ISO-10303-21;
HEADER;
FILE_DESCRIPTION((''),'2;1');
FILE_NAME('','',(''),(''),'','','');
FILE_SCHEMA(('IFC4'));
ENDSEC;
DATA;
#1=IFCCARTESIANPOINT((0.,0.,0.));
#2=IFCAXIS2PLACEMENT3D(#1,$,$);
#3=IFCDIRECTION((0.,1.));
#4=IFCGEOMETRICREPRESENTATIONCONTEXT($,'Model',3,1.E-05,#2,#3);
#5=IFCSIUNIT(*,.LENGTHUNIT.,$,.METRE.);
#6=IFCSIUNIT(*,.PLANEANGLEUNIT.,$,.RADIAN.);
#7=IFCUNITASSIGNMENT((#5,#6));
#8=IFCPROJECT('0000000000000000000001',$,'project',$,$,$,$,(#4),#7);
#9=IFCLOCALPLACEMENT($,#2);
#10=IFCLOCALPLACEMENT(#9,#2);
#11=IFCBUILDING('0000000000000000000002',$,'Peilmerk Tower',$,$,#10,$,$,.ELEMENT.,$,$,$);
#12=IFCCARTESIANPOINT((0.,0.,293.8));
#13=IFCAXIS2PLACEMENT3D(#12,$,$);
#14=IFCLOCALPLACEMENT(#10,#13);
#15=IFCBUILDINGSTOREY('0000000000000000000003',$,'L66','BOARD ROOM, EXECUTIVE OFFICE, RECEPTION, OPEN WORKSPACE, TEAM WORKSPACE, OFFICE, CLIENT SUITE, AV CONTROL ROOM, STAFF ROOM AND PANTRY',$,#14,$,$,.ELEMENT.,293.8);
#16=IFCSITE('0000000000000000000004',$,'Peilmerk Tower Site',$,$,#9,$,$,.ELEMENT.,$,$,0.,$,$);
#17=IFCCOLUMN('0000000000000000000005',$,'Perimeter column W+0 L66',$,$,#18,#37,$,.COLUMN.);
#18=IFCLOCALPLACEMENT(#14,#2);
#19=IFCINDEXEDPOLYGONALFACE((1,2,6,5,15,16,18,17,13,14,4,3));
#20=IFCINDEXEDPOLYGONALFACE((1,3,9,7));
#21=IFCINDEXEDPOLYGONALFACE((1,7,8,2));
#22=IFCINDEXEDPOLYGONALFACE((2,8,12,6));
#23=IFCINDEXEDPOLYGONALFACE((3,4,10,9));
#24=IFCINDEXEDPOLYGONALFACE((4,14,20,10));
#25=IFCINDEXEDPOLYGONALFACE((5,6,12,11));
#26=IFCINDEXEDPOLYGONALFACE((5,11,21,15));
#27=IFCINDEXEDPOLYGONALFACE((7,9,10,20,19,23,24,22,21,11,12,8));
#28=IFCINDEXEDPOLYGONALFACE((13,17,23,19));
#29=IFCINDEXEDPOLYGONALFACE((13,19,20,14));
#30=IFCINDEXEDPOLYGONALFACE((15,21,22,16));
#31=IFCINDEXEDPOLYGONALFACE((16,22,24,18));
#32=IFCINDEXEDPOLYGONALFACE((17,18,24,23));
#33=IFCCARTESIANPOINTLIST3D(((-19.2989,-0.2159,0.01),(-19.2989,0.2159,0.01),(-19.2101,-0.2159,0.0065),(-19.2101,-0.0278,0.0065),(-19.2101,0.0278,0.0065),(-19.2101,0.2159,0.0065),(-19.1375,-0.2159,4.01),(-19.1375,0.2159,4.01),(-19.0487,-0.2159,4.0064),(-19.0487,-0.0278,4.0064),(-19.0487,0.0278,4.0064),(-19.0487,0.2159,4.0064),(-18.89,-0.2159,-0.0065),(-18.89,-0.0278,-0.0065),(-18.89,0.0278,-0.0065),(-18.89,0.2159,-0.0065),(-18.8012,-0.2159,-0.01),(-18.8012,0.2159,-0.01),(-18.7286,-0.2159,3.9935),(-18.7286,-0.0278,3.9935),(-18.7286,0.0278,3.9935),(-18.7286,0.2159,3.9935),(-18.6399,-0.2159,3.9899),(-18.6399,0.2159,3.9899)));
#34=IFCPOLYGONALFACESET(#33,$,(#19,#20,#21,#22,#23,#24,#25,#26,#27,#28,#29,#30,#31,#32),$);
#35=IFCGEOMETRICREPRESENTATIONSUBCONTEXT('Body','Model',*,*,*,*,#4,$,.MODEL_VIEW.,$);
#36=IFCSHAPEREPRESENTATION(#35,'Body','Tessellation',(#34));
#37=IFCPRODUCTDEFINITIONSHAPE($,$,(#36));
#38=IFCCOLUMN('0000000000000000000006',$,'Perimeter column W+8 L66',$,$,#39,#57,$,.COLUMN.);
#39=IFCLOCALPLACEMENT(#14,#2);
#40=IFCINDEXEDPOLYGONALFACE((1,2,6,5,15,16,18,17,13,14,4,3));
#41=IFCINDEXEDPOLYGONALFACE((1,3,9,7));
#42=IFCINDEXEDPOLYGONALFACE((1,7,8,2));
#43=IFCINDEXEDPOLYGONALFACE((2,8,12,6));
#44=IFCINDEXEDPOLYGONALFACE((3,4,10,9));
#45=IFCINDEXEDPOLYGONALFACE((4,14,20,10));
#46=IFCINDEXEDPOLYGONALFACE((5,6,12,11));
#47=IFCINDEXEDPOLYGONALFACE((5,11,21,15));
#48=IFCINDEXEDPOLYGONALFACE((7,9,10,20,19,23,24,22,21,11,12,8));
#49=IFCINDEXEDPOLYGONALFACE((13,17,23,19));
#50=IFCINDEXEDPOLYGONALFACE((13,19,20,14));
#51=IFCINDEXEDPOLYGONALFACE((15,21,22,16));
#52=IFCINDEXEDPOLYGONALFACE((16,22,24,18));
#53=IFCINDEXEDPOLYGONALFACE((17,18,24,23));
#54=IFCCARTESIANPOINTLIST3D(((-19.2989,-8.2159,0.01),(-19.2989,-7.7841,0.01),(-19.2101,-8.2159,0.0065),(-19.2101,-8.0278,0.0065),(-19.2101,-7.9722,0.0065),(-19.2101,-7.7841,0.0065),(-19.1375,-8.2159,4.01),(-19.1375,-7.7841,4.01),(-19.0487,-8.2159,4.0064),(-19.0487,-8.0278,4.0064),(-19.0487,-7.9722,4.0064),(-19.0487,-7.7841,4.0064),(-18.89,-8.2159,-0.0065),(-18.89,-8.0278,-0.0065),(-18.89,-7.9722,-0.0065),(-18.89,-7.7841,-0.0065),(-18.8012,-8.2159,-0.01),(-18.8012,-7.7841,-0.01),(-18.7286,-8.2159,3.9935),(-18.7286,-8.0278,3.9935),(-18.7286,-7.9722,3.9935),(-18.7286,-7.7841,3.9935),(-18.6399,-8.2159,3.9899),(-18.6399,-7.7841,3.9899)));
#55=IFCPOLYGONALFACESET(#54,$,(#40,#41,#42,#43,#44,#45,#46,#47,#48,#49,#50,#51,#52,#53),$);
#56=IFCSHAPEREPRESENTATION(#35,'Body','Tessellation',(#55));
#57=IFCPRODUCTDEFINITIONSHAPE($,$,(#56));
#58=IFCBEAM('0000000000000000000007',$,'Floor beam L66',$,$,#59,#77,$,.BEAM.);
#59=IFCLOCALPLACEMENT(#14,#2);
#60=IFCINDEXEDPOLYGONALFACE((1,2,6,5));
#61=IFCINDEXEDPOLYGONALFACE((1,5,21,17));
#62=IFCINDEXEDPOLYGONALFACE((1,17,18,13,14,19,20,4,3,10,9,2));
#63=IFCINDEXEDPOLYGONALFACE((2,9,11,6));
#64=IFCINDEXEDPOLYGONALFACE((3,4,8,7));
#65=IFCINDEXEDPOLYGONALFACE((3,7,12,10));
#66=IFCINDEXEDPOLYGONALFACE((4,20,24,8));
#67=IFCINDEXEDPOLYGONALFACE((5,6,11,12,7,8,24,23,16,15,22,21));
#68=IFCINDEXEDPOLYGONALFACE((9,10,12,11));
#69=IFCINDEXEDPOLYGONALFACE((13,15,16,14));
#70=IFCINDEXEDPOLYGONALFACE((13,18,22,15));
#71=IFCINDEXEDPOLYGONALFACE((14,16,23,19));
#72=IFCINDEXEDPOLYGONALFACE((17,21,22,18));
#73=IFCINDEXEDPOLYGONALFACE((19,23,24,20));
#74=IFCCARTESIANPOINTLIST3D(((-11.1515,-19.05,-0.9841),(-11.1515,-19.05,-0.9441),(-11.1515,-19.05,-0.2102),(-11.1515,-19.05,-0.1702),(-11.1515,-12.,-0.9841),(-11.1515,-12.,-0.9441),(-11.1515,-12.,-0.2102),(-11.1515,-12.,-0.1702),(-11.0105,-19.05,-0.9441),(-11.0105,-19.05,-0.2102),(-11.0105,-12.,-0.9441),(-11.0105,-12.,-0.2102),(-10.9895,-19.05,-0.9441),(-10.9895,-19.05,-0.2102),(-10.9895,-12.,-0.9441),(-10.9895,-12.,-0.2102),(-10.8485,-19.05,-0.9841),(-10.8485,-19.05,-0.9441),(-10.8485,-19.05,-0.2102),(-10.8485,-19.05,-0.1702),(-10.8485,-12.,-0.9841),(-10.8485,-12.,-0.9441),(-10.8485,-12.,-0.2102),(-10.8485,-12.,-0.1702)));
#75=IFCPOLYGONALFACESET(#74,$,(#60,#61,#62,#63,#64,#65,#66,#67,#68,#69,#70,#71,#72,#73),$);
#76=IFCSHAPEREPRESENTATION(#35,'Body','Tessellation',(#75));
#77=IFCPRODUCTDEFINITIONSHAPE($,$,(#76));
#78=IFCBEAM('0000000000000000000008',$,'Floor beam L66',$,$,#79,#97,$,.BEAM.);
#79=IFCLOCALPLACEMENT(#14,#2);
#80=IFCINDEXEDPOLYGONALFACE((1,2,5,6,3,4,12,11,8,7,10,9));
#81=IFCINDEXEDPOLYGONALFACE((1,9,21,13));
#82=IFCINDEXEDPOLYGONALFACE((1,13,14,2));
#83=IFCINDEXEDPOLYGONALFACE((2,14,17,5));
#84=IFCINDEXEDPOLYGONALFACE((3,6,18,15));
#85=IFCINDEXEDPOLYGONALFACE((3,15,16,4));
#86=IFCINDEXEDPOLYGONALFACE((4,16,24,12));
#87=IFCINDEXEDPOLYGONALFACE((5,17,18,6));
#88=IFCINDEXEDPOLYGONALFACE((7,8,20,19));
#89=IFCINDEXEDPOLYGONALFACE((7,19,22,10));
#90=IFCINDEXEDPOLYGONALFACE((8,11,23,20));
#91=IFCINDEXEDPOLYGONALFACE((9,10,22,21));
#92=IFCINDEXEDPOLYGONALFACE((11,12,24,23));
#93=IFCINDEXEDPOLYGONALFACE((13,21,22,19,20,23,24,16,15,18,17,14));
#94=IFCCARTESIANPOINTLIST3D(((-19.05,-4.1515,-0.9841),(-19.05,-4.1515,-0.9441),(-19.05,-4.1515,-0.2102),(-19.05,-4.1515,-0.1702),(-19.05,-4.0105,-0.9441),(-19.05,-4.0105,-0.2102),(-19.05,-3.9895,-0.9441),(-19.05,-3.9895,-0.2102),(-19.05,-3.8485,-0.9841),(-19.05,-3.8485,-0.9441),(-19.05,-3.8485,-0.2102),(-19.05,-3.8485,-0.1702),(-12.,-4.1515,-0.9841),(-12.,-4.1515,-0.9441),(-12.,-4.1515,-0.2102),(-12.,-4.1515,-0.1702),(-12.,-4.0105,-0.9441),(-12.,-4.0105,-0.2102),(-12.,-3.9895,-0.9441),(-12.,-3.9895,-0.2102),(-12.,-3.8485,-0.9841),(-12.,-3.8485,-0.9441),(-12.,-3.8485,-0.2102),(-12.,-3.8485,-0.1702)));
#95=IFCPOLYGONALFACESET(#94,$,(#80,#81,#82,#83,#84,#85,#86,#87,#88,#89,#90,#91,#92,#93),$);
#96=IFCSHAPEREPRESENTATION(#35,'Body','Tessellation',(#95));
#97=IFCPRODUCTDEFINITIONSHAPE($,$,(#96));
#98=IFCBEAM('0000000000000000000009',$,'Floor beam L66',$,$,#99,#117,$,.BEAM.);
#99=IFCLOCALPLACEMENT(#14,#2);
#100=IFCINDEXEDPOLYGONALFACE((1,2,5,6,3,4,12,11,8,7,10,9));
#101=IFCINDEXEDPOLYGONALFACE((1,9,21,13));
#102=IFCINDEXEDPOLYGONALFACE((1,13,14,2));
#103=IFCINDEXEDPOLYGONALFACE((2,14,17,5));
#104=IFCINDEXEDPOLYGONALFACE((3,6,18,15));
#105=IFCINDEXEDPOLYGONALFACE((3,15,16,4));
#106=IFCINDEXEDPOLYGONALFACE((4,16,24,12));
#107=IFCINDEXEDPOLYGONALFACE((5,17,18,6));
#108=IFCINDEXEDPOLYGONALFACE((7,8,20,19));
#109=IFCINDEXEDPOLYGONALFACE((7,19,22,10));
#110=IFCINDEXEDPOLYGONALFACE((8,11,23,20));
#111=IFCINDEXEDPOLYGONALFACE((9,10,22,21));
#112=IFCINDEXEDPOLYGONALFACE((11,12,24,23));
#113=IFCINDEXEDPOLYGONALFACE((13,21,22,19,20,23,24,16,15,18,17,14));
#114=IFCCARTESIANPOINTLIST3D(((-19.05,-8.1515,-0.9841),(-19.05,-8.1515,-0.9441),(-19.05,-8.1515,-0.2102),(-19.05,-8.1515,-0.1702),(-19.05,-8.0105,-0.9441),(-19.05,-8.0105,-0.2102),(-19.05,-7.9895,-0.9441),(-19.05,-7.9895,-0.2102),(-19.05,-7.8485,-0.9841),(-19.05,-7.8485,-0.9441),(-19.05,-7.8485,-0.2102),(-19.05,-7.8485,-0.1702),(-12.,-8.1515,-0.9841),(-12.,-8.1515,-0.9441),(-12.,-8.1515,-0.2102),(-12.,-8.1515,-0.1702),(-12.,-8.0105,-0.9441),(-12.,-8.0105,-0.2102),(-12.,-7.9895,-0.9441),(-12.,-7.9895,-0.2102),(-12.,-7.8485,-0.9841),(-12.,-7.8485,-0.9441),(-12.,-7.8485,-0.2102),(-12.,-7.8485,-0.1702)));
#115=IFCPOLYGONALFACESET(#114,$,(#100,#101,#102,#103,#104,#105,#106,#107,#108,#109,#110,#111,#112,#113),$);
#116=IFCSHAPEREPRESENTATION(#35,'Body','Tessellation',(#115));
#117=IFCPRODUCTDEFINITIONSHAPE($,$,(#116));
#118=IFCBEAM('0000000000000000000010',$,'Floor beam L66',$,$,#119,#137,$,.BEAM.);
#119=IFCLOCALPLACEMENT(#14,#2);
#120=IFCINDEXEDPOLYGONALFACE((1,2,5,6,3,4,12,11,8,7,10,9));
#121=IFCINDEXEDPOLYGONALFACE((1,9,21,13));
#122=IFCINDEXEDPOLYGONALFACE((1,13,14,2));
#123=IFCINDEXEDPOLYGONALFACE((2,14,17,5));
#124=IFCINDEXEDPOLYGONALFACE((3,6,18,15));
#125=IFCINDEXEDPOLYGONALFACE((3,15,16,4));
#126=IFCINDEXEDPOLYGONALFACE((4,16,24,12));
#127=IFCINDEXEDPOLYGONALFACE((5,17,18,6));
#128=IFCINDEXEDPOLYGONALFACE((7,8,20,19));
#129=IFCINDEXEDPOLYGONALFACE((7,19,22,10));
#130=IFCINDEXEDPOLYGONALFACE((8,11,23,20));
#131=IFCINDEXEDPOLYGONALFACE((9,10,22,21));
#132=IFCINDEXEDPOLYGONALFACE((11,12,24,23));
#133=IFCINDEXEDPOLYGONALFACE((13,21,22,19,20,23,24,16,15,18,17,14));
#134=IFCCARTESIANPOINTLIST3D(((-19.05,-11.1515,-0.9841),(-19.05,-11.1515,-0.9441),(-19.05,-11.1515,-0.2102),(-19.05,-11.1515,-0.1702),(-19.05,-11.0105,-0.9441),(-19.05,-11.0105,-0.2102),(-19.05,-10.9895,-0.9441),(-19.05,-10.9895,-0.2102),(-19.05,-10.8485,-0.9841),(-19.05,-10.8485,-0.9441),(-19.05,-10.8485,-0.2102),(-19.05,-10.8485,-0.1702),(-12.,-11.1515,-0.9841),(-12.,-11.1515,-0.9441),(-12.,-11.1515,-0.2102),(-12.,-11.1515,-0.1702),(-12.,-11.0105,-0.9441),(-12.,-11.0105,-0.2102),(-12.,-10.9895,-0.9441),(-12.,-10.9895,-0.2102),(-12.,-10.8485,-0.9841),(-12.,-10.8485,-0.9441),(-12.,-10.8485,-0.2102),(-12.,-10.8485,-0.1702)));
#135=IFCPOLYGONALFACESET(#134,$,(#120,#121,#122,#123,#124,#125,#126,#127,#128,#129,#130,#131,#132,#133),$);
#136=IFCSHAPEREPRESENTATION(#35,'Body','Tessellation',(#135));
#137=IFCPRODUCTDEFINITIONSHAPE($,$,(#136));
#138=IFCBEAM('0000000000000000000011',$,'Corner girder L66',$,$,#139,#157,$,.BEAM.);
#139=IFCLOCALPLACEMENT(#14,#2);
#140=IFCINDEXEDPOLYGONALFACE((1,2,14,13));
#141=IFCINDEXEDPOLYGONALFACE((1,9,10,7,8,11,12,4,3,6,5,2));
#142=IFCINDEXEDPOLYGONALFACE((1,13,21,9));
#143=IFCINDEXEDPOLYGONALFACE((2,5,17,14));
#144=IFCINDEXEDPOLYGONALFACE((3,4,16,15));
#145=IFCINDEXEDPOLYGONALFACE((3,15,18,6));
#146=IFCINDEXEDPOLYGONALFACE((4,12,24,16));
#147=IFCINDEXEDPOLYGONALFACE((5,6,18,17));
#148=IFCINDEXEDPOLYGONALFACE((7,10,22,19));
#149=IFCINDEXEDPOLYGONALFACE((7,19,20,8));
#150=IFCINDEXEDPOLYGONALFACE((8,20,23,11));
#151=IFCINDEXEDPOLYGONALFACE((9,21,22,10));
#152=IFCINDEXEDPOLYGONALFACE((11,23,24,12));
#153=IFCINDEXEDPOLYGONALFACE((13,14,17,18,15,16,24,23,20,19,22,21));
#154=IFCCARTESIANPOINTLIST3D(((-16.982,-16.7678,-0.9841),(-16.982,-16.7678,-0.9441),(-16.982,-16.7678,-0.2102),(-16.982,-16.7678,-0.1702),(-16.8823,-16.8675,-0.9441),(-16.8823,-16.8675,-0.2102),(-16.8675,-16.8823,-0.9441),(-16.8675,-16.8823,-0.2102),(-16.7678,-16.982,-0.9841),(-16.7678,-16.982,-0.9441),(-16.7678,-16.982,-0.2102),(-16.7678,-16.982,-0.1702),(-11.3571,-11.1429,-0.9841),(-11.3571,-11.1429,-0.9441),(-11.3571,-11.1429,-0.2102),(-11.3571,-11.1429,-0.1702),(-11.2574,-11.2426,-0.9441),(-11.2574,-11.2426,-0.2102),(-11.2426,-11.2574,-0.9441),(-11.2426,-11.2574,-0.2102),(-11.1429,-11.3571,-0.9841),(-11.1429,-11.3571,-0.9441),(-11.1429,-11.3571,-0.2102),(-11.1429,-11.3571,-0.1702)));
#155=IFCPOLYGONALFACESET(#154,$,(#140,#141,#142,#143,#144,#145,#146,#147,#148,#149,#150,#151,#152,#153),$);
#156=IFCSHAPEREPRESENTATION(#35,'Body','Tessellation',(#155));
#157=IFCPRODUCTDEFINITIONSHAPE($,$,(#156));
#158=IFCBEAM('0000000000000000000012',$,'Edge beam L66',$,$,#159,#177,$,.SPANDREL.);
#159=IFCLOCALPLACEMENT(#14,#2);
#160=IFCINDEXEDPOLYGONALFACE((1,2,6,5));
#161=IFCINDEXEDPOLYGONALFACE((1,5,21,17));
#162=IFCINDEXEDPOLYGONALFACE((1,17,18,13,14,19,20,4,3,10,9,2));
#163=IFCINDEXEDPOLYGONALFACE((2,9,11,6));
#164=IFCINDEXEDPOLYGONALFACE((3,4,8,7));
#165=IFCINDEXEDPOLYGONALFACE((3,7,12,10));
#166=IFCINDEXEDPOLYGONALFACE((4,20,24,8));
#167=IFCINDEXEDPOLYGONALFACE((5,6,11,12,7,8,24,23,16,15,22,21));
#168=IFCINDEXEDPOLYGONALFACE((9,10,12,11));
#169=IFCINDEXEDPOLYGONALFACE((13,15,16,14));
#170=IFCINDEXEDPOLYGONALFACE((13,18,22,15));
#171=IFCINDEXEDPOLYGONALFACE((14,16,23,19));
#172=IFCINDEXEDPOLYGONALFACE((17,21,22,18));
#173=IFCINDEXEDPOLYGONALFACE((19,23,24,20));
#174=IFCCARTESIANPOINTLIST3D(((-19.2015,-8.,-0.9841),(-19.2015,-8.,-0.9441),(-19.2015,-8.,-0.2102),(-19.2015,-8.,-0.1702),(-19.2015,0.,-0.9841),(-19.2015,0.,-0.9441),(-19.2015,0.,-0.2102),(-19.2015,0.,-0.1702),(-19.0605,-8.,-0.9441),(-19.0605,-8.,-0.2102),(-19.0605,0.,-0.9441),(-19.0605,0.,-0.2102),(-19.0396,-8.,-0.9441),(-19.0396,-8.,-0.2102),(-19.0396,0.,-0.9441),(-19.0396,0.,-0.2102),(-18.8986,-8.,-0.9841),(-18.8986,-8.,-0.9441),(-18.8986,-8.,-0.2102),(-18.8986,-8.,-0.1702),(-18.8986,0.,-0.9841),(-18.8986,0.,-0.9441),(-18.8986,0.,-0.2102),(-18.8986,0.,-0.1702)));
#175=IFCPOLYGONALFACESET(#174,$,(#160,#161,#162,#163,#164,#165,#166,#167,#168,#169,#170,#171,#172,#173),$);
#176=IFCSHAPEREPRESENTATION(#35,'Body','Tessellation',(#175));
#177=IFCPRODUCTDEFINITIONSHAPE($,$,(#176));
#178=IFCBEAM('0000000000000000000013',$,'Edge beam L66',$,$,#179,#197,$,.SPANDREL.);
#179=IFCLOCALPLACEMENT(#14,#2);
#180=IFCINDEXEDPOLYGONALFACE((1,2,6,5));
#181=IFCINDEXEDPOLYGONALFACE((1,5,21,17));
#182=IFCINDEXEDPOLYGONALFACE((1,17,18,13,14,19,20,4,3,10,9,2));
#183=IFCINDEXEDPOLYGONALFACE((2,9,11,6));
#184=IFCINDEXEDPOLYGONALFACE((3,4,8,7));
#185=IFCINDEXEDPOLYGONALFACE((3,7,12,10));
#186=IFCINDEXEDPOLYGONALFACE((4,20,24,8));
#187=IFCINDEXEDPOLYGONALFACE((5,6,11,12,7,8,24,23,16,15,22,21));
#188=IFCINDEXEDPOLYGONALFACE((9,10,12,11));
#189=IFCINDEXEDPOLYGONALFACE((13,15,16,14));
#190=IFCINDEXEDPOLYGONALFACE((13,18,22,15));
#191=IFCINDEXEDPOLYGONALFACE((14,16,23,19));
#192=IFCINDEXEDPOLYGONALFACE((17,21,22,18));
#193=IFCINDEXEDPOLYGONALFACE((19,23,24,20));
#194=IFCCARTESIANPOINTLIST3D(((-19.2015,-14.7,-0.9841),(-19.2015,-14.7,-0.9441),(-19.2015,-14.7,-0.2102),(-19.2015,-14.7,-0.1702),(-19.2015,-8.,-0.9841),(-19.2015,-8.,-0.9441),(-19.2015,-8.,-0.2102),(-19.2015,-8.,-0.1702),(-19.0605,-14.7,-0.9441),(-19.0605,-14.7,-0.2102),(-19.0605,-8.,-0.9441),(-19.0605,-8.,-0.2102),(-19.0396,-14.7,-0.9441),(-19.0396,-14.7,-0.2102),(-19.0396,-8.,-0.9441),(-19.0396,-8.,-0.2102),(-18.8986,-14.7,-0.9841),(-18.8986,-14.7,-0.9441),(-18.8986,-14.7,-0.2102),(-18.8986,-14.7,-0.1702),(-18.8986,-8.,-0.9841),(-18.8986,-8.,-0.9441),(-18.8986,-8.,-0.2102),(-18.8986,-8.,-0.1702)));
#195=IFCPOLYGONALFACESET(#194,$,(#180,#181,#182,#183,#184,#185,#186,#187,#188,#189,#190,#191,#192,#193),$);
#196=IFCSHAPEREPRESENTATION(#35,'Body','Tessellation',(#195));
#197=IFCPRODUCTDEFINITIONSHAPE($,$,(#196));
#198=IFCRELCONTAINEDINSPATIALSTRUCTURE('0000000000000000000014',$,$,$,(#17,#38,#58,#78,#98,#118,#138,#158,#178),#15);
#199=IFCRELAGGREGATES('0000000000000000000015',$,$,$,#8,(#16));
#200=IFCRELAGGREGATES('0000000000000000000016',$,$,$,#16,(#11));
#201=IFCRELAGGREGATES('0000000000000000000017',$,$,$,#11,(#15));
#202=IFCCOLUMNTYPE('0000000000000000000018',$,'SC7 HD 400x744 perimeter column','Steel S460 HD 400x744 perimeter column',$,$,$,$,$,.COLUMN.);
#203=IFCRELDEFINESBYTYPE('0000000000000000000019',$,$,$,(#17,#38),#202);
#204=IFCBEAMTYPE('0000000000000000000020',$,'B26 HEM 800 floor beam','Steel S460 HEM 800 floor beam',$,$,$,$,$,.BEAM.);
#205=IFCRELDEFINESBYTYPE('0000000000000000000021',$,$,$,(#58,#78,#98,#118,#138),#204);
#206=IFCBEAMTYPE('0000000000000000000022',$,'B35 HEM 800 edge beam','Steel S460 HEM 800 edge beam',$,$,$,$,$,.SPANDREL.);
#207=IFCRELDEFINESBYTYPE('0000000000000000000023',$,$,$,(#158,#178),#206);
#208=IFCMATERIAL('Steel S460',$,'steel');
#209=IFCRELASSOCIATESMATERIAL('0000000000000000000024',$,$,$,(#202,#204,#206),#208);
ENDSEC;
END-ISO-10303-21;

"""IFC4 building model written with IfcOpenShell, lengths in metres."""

from ifc_helpers import new_model, si_unit, direction, frame, origin, origin_2d, place, context, subcontext, project, spatial, i_section, extrude, material, material_profile, profile_set, type_object, element, save


model = new_model("IFC4")

# Units and contexts
model_context = context("Model", 3, precision=1e-05, world=origin(), true_north=direction((0.0, 1.0)))
body_context = subcontext(model_context, "Body", "Model", "MODEL_VIEW")
ifc_project = project(units=[si_unit("LENGTHUNIT", "METRE"), si_unit("PLANEANGLEUNIT", "RADIAN")], contexts=[model_context])

# Site, building, storey
site_placement = place(None, origin())
site = spatial("IfcSite", under=ifc_project, at=site_placement, Name="Peilmerk Tower Site", CompositionType="ELEMENT", RefElevation=0.0)
building_placement = place(site_placement, origin())
building = spatial("IfcBuilding", under=site, at=building_placement, Name="Peilmerk Tower", CompositionType="ELEMENT")
storey_placement = place(building_placement, frame((0.0, 0.0, 293.8)))
storey = spatial("IfcBuildingStorey", under=building, at=storey_placement, Name="L66", Description="BOARD ROOM, EXECUTIVE OFFICE, RECEPTION, OPEN WORKSPACE, TEAM WORKSPACE, OFFICE, CLIENT SUITE, AV CONTROL ROOM, STAFF ROOM AND PANTRY", CompositionType="ELEMENT", Elevation=293.8)

# Columns
ifc_material_1 = material(Name="Steel S460", Category="steel")
ifc_material_profile_1 = material_profile(ifc_material_1, i_section(OverallWidth=0.4319, OverallDepth=0.498, WebThickness=0.0557, FlangeThickness=0.0889, at=origin_2d()), Name="HD 400x744")
ifc_profile_set_1 = profile_set([ifc_material_profile_1], Name="Steel S460")
column_type = type_object("IfcColumnType", Name="SC7 HD 400x744 perimeter column", Description="Steel S460 HD 400x744 perimeter column", PredefinedType="COLUMN", material=ifc_profile_set_1)
for number, where, z_axis, x_axis, name in (
    (1, (-19.05, 0.0, 0.0), (0.040311, 0.0, 0.999187), (0.0, 1.0, 0.0), "Perimeter column W+0 L66"),
    (2, (-19.05, -8.0, 0.0), (0.040311, 0.0, 0.999187), (0.0, 1.0, 0.0), "Perimeter column W+8 L66"),
):
    element("IfcColumn", number, at=place(storey_placement, frame(where, z_axis=z_axis, x_axis=x_axis)), inside=storey, type_object=column_type, Name=name, PredefinedType="COLUMN", context=body_context, shape_type="SweptSolid", body=[
        extrude(i_section(OverallWidth=0.4319, OverallDepth=0.498, WebThickness=0.0557, FlangeThickness=0.0889, at=origin_2d()), origin(), (0.0, 0.0, 1.0), 4.0032),
    ])

# Beams
ifc_material_profile_2 = material_profile(ifc_material_1, i_section(OverallWidth=0.303, OverallDepth=0.814, WebThickness=0.021, FlangeThickness=0.04, at=origin_2d()), Name="HEM 800")
ifc_profile_set_2 = profile_set([ifc_material_profile_2], Name="Steel S460")
beam_type_1 = type_object("IfcBeamType", Name="B26 HEM 800 floor beam", Description="Steel S460 HEM 800 floor beam", PredefinedType="BEAM", material=ifc_profile_set_2)
for number, where, z_axis, x_axis, name in (
    (3, (-11.0, -12.0, -0.5771), (0.0, -1.0, 0.0), (1.0, 0.0, 0.0), "Floor beam L66"),
    (4, (-12.0, -4.0, -0.5771), (-1.0, 0.0, 0.0), (0.0, -1.0, 0.0), "Floor beam L66"),
    (5, (-12.0, -8.0, -0.5771), (-1.0, 0.0, 0.0), (0.0, -1.0, 0.0), "Floor beam L66"),
    (6, (-12.0, -11.0, -0.5771), (-1.0, 0.0, 0.0), (0.0, -1.0, 0.0), "Floor beam L66"),
):
    element("IfcBeam", number, at=place(storey_placement, frame(where, z_axis=z_axis, x_axis=x_axis)), inside=storey, type_object=beam_type_1, Name=name, PredefinedType="BEAM", context=body_context, shape_type="SweptSolid", body=[
        extrude(i_section(OverallWidth=0.303, OverallDepth=0.814, WebThickness=0.021, FlangeThickness=0.04, at=origin_2d()), origin(), (0.0, 0.0, 1.0), 7.05),
    ])
beam_1_placement = place(storey_placement, frame((-11.25, -11.25, -0.5771), z_axis=(-0.707107, -0.707107, 0.0), x_axis=(0.707107, -0.707107, 0.0)))
element("IfcBeam", 7, at=beam_1_placement, inside=storey, type_object=beam_type_1, Name="Corner girder L66", PredefinedType="BEAM", context=body_context, shape_type="SweptSolid", body=[
    extrude(i_section(OverallWidth=0.303, OverallDepth=0.814, WebThickness=0.021, FlangeThickness=0.04, at=origin_2d()), origin(), (0.0, 0.0, 1.0), 7.9548),
])
ifc_material_profile_3 = material_profile(ifc_material_1, i_section(OverallWidth=0.303, OverallDepth=0.814, WebThickness=0.021, FlangeThickness=0.04, at=origin_2d()), Name="HEM 800")
ifc_profile_set_3 = profile_set([ifc_material_profile_3], Name="Steel S460")
beam_type_2 = type_object("IfcBeamType", Name="B35 HEM 800 edge beam", Description="Steel S460 HEM 800 edge beam", PredefinedType="SPANDREL", material=ifc_profile_set_3)
beam_2_placement = place(storey_placement, frame((-19.05, 0.0, -0.5771), z_axis=(0.0, -1.0, 0.0), x_axis=(1.0, 0.0, 0.0)))
element("IfcBeam", 8, at=beam_2_placement, inside=storey, type_object=beam_type_2, Name="Edge beam L66", PredefinedType="SPANDREL", context=body_context, shape_type="SweptSolid", body=[
    extrude(i_section(OverallWidth=0.303, OverallDepth=0.814, WebThickness=0.021, FlangeThickness=0.04, at=origin_2d()), origin(), (0.0, 0.0, 1.0), 8.0),
])
beam_3_placement = place(storey_placement, frame((-19.05, -8.0, -0.5771), z_axis=(0.0, -1.0, 0.0), x_axis=(1.0, 0.0, 0.0)))
element("IfcBeam", 9, at=beam_3_placement, inside=storey, type_object=beam_type_2, Name="Edge beam L66", PredefinedType="SPANDREL", context=body_context, shape_type="SweptSolid", body=[
    extrude(i_section(OverallWidth=0.303, OverallDepth=0.814, WebThickness=0.021, FlangeThickness=0.04, at=origin_2d()), origin(), (0.0, 0.0, 1.0), 6.7),
])

save(model, "model.ifc")
